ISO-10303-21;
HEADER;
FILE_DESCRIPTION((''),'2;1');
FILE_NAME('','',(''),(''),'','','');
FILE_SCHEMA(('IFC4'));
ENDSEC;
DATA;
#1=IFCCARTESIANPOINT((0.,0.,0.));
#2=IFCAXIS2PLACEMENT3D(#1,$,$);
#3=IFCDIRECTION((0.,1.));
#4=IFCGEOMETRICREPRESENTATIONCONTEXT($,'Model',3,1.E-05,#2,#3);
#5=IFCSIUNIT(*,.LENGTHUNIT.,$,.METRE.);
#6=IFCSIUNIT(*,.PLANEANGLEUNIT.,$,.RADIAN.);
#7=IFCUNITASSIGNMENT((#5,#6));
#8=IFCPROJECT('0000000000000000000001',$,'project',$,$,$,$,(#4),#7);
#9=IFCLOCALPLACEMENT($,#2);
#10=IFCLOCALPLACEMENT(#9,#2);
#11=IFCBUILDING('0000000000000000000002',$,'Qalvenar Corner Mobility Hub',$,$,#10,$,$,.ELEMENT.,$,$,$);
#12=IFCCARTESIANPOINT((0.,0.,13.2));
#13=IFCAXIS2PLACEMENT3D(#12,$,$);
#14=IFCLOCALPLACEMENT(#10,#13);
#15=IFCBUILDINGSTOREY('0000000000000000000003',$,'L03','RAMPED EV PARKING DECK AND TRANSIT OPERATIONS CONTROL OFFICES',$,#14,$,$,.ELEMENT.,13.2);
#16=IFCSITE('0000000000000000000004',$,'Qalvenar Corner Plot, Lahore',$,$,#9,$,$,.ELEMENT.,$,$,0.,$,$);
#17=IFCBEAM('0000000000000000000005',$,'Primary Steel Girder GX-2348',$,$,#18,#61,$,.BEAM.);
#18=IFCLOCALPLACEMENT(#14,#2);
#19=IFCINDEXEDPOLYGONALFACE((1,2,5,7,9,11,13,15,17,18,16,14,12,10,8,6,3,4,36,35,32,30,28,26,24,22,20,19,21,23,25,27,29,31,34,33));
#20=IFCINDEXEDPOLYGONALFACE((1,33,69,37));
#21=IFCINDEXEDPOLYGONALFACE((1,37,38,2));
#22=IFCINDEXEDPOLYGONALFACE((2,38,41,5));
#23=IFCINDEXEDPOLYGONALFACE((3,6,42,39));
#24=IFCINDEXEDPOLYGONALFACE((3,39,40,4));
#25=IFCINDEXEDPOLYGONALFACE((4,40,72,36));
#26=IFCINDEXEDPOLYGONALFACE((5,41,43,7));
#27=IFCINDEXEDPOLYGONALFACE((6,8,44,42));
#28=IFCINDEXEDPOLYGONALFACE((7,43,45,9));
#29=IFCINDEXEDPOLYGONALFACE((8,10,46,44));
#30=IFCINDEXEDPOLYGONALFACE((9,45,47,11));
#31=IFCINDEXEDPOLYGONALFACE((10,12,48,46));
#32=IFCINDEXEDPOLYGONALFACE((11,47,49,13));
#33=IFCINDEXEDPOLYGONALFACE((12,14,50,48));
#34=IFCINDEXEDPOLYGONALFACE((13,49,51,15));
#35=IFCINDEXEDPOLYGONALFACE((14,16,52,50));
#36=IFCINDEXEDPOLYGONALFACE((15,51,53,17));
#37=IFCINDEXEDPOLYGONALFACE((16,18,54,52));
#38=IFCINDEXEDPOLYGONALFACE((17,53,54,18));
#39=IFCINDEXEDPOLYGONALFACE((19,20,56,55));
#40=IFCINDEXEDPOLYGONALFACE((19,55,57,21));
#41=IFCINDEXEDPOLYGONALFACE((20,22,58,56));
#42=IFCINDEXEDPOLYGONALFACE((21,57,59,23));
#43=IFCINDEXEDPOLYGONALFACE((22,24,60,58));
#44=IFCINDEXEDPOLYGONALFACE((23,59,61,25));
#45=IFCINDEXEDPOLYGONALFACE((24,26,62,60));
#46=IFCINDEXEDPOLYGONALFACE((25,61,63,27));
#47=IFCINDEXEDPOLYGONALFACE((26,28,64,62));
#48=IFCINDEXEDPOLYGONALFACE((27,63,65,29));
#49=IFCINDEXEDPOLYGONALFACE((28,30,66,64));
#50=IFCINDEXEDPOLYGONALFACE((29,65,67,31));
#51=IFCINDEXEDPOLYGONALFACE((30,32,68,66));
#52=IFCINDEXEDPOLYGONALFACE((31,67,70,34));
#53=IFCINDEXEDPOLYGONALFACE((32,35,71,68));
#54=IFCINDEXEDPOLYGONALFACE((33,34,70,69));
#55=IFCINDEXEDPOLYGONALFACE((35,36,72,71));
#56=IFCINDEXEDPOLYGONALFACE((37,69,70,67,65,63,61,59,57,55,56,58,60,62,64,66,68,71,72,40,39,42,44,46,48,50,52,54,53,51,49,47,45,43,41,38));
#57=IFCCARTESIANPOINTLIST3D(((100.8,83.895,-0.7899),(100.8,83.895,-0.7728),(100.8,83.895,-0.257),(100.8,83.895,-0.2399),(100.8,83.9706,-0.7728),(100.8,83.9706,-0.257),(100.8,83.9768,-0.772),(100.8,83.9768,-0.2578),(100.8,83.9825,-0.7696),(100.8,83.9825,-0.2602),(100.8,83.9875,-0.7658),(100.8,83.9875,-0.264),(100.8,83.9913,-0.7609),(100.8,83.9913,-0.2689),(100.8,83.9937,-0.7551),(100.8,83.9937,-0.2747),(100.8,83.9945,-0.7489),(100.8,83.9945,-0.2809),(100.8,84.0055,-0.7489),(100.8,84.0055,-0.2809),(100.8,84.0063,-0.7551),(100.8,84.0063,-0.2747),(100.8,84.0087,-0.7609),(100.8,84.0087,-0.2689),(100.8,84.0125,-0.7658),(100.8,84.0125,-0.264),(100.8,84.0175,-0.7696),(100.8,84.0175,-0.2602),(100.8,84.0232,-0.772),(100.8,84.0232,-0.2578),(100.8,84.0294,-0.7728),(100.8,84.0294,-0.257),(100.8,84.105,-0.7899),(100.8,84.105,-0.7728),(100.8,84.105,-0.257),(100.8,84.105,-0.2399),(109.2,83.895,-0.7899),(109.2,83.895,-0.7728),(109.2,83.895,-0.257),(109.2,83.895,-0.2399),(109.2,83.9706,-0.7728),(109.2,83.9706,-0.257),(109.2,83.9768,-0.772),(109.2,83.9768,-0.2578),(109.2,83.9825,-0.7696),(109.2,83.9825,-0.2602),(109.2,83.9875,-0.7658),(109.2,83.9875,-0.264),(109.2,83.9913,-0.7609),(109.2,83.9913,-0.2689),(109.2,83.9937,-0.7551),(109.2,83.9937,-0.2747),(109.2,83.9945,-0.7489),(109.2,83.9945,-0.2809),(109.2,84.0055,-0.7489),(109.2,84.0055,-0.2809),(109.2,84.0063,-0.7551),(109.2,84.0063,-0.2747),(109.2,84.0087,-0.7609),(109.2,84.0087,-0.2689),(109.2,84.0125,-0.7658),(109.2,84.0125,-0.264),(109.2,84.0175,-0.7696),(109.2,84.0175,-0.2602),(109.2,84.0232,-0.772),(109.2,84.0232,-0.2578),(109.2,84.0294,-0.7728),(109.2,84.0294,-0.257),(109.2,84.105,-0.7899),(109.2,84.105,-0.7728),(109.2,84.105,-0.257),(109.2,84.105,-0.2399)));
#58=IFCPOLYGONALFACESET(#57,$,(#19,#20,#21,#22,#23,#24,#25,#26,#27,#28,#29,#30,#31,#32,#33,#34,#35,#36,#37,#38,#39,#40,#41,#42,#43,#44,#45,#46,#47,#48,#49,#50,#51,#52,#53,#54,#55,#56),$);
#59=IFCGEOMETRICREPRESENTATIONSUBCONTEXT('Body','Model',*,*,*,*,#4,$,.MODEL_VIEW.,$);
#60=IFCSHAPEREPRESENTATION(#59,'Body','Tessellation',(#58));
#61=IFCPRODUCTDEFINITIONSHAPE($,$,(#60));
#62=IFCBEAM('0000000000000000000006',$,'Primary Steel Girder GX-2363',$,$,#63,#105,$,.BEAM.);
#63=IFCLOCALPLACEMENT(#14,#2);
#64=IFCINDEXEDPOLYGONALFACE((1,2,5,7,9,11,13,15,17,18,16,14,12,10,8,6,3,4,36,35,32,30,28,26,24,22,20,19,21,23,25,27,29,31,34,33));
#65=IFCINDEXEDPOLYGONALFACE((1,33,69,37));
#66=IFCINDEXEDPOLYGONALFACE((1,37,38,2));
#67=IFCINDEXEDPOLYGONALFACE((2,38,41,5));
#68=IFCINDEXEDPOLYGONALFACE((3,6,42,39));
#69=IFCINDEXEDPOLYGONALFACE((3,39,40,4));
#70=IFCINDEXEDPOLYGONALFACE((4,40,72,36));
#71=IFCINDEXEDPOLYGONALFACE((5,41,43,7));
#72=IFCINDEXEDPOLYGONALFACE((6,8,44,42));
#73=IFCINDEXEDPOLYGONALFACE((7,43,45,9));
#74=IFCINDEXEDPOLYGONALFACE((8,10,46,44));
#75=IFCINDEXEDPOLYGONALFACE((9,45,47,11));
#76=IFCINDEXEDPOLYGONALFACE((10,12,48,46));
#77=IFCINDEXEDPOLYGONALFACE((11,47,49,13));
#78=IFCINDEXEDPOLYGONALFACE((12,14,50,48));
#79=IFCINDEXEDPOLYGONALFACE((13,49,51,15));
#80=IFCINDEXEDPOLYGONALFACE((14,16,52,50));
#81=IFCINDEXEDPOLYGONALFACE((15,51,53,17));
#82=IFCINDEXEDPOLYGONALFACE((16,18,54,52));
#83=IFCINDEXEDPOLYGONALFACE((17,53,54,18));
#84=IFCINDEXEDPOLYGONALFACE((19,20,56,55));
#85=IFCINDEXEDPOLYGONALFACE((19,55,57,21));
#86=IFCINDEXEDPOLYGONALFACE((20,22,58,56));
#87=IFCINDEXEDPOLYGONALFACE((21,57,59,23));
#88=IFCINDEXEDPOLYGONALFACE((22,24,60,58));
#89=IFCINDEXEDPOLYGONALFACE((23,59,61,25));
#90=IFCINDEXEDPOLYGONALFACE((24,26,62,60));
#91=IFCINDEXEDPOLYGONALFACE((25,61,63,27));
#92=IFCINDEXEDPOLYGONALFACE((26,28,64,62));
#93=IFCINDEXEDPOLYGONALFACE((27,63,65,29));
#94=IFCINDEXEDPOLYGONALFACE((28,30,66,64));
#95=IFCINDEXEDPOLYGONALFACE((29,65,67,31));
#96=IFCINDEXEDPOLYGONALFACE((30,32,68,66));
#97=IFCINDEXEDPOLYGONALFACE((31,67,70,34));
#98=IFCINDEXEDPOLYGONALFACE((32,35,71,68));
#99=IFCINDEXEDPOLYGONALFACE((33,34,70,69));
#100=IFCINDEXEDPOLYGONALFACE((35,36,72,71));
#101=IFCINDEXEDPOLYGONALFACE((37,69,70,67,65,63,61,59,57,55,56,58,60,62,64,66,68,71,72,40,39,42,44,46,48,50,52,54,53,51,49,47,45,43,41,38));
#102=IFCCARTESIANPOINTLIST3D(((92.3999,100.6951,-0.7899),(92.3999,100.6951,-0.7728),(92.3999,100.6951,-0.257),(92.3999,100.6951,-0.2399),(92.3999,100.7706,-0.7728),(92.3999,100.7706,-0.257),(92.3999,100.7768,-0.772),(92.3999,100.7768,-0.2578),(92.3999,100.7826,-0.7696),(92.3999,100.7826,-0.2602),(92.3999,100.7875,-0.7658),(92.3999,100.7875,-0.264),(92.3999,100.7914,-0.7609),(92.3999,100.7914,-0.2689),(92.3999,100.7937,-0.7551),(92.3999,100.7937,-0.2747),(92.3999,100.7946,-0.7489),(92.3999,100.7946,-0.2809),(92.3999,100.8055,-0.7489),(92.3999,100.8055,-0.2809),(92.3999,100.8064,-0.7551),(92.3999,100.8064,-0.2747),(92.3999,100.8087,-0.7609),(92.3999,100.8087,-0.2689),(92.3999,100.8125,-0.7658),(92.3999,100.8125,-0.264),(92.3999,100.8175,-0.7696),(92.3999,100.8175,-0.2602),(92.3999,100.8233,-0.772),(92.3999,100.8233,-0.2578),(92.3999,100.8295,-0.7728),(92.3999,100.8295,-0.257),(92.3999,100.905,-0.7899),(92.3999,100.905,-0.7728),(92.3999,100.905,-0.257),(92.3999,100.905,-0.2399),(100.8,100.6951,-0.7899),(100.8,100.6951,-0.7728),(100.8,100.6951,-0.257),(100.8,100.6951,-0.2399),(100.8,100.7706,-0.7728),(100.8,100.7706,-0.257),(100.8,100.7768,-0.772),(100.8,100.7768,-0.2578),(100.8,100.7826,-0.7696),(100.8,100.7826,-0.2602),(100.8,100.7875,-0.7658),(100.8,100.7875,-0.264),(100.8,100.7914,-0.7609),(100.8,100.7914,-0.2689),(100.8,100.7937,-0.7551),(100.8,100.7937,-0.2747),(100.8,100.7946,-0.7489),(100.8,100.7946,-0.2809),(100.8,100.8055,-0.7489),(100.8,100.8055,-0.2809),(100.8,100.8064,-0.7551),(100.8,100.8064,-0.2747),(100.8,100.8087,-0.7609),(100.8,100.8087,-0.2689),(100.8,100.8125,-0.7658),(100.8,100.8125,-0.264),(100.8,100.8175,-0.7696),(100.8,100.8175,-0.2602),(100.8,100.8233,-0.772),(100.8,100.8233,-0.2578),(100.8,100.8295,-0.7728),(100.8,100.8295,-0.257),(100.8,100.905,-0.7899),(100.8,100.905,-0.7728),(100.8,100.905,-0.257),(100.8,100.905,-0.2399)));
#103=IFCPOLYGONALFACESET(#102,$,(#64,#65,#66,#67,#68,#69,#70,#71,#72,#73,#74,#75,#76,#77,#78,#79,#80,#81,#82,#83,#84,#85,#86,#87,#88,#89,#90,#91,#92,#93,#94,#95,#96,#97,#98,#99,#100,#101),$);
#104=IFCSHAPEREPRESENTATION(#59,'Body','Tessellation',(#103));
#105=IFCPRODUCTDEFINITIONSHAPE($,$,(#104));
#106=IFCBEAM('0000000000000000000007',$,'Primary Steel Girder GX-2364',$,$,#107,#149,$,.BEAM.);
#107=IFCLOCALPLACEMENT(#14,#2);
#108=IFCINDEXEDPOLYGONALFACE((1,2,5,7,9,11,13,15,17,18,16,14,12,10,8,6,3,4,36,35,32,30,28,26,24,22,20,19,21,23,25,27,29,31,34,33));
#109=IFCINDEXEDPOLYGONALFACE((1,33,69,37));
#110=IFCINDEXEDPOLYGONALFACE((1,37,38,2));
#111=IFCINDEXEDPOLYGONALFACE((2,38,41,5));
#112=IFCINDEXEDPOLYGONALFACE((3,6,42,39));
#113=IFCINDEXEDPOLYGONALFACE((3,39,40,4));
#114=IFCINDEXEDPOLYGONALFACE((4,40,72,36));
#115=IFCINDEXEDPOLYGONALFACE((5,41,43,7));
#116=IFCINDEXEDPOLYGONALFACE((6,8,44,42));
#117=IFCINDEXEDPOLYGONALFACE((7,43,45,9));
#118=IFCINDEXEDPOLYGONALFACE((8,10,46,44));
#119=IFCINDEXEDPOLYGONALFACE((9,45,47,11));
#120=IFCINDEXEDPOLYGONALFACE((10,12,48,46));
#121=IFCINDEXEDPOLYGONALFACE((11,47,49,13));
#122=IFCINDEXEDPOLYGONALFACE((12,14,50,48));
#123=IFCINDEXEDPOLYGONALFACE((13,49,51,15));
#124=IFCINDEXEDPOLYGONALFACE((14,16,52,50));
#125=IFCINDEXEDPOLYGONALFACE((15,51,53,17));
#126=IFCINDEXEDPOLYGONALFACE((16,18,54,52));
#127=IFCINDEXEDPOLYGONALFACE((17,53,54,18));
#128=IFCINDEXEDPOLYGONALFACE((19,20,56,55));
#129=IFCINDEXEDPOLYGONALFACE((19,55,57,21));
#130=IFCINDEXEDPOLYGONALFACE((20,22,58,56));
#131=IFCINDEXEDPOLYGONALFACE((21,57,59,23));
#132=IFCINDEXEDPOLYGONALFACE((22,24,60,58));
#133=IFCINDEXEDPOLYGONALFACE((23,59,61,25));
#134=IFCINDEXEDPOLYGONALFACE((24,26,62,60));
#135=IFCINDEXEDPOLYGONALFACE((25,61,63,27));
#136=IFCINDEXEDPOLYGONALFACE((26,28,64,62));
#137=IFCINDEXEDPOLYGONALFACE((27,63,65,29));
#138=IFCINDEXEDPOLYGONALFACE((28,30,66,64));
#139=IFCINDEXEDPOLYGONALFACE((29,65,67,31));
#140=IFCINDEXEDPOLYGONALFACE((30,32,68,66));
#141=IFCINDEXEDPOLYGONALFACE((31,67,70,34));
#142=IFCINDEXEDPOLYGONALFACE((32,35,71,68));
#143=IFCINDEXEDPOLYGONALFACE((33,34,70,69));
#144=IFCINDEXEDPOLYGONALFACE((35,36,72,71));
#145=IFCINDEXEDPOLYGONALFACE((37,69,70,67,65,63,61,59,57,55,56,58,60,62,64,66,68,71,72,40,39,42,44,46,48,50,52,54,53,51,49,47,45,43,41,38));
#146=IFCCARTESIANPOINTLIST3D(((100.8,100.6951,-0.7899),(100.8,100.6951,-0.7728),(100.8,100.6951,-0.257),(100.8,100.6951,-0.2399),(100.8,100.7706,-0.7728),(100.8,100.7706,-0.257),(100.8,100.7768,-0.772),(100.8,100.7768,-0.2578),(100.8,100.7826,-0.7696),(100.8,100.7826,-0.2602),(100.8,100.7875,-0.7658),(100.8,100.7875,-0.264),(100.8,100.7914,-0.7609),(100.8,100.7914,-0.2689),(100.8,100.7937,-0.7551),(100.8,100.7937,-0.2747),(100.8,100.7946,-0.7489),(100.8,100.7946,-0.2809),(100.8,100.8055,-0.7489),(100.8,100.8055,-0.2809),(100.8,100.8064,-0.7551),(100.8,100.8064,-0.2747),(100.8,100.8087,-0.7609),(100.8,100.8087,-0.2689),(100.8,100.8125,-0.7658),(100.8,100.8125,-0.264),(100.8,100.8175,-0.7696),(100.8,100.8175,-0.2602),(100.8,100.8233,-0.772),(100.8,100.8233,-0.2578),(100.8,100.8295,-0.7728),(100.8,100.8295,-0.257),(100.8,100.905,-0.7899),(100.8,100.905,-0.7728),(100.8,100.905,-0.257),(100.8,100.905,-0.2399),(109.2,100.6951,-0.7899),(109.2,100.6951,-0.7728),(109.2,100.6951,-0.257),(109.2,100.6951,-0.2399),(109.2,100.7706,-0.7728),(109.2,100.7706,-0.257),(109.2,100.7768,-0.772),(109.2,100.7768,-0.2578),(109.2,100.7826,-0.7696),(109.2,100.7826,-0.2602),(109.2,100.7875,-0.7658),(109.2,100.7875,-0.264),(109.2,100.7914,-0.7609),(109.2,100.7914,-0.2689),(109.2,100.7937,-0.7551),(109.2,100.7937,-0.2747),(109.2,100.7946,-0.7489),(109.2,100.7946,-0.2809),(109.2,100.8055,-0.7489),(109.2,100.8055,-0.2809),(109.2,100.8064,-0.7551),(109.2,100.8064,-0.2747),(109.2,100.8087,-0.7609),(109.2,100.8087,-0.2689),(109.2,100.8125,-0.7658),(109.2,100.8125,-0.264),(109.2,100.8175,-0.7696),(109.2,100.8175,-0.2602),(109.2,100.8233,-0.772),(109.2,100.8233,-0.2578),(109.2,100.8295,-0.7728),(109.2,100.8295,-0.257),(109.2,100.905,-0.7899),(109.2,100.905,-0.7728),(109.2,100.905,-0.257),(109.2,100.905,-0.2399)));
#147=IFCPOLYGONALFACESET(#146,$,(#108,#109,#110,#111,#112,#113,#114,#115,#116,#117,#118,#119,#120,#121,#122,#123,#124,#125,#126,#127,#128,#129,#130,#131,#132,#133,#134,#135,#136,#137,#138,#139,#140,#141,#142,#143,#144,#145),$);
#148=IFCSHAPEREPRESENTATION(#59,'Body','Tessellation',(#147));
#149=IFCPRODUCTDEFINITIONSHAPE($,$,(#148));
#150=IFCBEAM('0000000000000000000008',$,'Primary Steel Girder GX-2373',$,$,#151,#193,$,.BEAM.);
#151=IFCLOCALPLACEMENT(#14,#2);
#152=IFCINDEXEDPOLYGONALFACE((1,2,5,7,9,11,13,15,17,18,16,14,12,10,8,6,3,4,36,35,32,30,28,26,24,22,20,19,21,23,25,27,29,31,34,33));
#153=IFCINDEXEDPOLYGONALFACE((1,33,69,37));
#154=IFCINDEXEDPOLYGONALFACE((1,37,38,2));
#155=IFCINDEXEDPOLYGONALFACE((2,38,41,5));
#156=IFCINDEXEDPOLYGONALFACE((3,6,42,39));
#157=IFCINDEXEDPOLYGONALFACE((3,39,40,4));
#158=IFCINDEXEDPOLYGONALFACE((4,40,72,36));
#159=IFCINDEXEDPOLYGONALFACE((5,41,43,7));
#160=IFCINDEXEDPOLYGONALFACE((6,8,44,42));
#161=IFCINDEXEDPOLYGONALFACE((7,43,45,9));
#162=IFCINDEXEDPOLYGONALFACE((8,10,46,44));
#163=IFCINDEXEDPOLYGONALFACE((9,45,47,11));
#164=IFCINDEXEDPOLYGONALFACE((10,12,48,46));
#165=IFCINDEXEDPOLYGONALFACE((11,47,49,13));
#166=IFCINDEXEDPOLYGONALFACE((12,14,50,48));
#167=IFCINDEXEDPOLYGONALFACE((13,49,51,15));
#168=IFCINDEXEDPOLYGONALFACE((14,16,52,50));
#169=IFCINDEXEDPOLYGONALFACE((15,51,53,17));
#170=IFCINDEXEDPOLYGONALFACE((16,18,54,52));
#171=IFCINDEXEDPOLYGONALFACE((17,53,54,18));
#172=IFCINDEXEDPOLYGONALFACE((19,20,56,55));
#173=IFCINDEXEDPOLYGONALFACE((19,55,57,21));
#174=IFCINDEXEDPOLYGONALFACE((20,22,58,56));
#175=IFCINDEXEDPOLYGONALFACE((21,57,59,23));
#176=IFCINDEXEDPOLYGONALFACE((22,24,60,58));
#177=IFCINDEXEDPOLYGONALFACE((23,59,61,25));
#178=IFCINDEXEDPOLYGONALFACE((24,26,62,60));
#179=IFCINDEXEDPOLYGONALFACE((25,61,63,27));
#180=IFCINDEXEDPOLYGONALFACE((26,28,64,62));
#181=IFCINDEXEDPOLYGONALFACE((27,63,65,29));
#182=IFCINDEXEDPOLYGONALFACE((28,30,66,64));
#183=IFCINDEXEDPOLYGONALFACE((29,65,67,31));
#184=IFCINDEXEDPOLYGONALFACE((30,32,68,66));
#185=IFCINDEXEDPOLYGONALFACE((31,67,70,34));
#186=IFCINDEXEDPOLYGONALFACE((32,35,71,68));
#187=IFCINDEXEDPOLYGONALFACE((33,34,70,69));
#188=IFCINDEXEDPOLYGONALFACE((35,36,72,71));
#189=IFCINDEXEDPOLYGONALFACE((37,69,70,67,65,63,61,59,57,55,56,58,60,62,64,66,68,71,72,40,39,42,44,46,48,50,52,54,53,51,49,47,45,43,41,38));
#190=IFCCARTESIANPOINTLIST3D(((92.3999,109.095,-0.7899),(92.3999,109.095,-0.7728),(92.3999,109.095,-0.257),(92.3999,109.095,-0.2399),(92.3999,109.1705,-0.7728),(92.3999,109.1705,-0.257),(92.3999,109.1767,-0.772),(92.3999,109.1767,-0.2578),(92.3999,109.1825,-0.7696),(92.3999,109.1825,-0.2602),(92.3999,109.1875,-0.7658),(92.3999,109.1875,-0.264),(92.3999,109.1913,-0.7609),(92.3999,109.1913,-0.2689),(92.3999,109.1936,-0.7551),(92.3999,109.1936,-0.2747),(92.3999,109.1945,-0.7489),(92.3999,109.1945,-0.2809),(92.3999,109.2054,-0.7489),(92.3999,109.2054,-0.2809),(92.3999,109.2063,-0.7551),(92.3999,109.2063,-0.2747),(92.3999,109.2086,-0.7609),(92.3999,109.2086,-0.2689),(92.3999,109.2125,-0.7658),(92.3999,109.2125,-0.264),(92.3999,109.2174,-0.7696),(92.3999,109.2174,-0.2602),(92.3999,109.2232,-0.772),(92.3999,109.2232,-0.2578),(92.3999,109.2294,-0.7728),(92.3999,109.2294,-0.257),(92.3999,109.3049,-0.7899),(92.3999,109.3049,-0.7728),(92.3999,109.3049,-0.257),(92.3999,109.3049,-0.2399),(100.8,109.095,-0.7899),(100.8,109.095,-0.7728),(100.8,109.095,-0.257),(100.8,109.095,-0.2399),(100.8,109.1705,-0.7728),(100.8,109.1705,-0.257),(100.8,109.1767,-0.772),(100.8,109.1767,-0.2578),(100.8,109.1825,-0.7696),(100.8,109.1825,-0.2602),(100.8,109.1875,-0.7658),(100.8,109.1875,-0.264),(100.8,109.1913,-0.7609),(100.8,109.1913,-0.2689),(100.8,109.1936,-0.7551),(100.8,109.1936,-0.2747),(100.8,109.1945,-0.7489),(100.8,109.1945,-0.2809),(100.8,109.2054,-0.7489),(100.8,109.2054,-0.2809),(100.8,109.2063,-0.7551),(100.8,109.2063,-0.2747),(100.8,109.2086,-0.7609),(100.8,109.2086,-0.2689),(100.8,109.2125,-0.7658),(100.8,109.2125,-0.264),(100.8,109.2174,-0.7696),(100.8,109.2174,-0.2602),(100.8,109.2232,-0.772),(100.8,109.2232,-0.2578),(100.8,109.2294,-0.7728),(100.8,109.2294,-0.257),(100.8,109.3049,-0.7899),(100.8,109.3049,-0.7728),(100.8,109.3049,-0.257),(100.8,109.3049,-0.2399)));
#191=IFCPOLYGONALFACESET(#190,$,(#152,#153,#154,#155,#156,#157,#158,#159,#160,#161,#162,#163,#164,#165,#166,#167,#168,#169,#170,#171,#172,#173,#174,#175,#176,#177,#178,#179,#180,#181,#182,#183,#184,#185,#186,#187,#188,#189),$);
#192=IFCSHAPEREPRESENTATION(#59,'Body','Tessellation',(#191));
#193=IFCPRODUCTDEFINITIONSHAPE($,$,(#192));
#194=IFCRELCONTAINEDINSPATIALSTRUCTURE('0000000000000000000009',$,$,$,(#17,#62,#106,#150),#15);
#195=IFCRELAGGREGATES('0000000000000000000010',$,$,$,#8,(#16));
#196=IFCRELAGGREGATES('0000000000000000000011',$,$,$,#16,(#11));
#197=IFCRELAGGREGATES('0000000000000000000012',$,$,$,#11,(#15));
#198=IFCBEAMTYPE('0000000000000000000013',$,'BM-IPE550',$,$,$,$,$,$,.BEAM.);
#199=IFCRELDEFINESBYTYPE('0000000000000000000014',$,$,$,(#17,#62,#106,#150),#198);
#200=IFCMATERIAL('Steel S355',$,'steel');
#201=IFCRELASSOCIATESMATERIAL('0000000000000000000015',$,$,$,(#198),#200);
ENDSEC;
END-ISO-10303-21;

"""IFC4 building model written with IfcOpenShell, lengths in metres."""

from ifc_helpers import new_model, si_unit, direction, frame, origin, origin_2d, place, context, subcontext, project, spatial, i_section, extrude, material, material_profile, profile_set, type_object, element, save


model = new_model("IFC4")

# Units and contexts
model_context = context("Model", 3, precision=1e-05, world=origin(), true_north=direction((0.0, 1.0)))
body_context = subcontext(model_context, "Body", "Model", "MODEL_VIEW")
ifc_project = project(units=[si_unit("LENGTHUNIT", "METRE"), si_unit("PLANEANGLEUNIT", "RADIAN")], contexts=[model_context])

# Site, building, storey
site_placement = place(None, origin())
site = spatial("IfcSite", under=ifc_project, at=site_placement, Name="Qalvenar Corner Plot, Lahore", CompositionType="ELEMENT", RefElevation=0.0)
building_placement = place(site_placement, origin())
building = spatial("IfcBuilding", under=site, at=building_placement, Name="Qalvenar Corner Mobility Hub", CompositionType="ELEMENT")
storey_placement = place(building_placement, frame((0.0, 0.0, 13.2)))
storey = spatial("IfcBuildingStorey", under=building, at=storey_placement, Name="L03", Description="RAMPED EV PARKING DECK AND TRANSIT OPERATIONS CONTROL OFFICES", CompositionType="ELEMENT", Elevation=13.2)

# Shared definitions
ifc_material = material(Name="Steel S355", Category="steel")

# Beams
ifc_material_profile_1 = material_profile(ifc_material, i_section(OverallWidth=0.21, OverallDepth=0.55, WebThickness=0.011, FlangeThickness=0.0171, FilletRadius=0.0239, at=origin_2d()), Name="IPE550")
ifc_profile_set_1 = profile_set([ifc_material_profile_1], Name="Steel S355")
beam_type_1 = type_object("IfcBeamType", Name="BM-IPE550", PredefinedType="BEAM", material=ifc_profile_set_1)
beam_1_placement = place(storey_placement, frame((100.8, 84.0, -0.5149), z_axis=(1.0, 0.0, 0.0), x_axis=(0.0, 1.0, 0.0)))
element("IfcBeam", 1, at=beam_1_placement, inside=storey, type_object=beam_type_1, Name="Primary Steel Girder GX-2348", PredefinedType="BEAM", context=body_context, shape_type="SweptSolid", body=[
    extrude(i_section(OverallWidth=0.21, OverallDepth=0.55, WebThickness=0.011, FlangeThickness=0.0171, FilletRadius=0.0239, at=origin_2d()), origin(), (0.0, 0.0, 1.0), 8.3999),
])
beam_2_placement = place(storey_placement, frame((92.3999, 100.8, -0.5149), z_axis=(1.0, 0.0, 0.0), x_axis=(0.0, 1.0, 0.0)))
element("IfcBeam", 2, at=beam_2_placement, inside=storey, type_object=beam_type_1, Name="Primary Steel Girder GX-2363", PredefinedType="BEAM", context=body_context, shape_type="SweptSolid", body=[
    extrude(i_section(OverallWidth=0.21, OverallDepth=0.55, WebThickness=0.011, FlangeThickness=0.0171, FilletRadius=0.0239, at=origin_2d()), origin(), (0.0, 0.0, 1.0), 8.4001),
])
beam_3_placement = place(storey_placement, frame((100.8, 100.8, -0.5149), z_axis=(1.0, 0.0, 0.0), x_axis=(0.0, 1.0, 0.0)))
element("IfcBeam", 3, at=beam_3_placement, inside=storey, type_object=beam_type_1, Name="Primary Steel Girder GX-2364", PredefinedType="BEAM", context=body_context, shape_type="SweptSolid", body=[
    extrude(i_section(OverallWidth=0.21, OverallDepth=0.55, WebThickness=0.011, FlangeThickness=0.0171, FilletRadius=0.0239, at=origin_2d()), origin(), (0.0, 0.0, 1.0), 8.3999),
])
beam_4_placement = place(storey_placement, frame((92.3999, 109.2, -0.5149), z_axis=(1.0, 0.0, 0.0), x_axis=(0.0, 1.0, 0.0)))
element("IfcBeam", 4, at=beam_4_placement, inside=storey, type_object=beam_type_1, Name="Primary Steel Girder GX-2373", PredefinedType="BEAM", context=body_context, shape_type="SweptSolid", body=[
    extrude(i_section(OverallWidth=0.21, OverallDepth=0.55, WebThickness=0.011, FlangeThickness=0.0171, FilletRadius=0.0239, at=origin_2d()), origin(), (0.0, 0.0, 1.0), 8.4001),
])

save(model, "model.ifc")
